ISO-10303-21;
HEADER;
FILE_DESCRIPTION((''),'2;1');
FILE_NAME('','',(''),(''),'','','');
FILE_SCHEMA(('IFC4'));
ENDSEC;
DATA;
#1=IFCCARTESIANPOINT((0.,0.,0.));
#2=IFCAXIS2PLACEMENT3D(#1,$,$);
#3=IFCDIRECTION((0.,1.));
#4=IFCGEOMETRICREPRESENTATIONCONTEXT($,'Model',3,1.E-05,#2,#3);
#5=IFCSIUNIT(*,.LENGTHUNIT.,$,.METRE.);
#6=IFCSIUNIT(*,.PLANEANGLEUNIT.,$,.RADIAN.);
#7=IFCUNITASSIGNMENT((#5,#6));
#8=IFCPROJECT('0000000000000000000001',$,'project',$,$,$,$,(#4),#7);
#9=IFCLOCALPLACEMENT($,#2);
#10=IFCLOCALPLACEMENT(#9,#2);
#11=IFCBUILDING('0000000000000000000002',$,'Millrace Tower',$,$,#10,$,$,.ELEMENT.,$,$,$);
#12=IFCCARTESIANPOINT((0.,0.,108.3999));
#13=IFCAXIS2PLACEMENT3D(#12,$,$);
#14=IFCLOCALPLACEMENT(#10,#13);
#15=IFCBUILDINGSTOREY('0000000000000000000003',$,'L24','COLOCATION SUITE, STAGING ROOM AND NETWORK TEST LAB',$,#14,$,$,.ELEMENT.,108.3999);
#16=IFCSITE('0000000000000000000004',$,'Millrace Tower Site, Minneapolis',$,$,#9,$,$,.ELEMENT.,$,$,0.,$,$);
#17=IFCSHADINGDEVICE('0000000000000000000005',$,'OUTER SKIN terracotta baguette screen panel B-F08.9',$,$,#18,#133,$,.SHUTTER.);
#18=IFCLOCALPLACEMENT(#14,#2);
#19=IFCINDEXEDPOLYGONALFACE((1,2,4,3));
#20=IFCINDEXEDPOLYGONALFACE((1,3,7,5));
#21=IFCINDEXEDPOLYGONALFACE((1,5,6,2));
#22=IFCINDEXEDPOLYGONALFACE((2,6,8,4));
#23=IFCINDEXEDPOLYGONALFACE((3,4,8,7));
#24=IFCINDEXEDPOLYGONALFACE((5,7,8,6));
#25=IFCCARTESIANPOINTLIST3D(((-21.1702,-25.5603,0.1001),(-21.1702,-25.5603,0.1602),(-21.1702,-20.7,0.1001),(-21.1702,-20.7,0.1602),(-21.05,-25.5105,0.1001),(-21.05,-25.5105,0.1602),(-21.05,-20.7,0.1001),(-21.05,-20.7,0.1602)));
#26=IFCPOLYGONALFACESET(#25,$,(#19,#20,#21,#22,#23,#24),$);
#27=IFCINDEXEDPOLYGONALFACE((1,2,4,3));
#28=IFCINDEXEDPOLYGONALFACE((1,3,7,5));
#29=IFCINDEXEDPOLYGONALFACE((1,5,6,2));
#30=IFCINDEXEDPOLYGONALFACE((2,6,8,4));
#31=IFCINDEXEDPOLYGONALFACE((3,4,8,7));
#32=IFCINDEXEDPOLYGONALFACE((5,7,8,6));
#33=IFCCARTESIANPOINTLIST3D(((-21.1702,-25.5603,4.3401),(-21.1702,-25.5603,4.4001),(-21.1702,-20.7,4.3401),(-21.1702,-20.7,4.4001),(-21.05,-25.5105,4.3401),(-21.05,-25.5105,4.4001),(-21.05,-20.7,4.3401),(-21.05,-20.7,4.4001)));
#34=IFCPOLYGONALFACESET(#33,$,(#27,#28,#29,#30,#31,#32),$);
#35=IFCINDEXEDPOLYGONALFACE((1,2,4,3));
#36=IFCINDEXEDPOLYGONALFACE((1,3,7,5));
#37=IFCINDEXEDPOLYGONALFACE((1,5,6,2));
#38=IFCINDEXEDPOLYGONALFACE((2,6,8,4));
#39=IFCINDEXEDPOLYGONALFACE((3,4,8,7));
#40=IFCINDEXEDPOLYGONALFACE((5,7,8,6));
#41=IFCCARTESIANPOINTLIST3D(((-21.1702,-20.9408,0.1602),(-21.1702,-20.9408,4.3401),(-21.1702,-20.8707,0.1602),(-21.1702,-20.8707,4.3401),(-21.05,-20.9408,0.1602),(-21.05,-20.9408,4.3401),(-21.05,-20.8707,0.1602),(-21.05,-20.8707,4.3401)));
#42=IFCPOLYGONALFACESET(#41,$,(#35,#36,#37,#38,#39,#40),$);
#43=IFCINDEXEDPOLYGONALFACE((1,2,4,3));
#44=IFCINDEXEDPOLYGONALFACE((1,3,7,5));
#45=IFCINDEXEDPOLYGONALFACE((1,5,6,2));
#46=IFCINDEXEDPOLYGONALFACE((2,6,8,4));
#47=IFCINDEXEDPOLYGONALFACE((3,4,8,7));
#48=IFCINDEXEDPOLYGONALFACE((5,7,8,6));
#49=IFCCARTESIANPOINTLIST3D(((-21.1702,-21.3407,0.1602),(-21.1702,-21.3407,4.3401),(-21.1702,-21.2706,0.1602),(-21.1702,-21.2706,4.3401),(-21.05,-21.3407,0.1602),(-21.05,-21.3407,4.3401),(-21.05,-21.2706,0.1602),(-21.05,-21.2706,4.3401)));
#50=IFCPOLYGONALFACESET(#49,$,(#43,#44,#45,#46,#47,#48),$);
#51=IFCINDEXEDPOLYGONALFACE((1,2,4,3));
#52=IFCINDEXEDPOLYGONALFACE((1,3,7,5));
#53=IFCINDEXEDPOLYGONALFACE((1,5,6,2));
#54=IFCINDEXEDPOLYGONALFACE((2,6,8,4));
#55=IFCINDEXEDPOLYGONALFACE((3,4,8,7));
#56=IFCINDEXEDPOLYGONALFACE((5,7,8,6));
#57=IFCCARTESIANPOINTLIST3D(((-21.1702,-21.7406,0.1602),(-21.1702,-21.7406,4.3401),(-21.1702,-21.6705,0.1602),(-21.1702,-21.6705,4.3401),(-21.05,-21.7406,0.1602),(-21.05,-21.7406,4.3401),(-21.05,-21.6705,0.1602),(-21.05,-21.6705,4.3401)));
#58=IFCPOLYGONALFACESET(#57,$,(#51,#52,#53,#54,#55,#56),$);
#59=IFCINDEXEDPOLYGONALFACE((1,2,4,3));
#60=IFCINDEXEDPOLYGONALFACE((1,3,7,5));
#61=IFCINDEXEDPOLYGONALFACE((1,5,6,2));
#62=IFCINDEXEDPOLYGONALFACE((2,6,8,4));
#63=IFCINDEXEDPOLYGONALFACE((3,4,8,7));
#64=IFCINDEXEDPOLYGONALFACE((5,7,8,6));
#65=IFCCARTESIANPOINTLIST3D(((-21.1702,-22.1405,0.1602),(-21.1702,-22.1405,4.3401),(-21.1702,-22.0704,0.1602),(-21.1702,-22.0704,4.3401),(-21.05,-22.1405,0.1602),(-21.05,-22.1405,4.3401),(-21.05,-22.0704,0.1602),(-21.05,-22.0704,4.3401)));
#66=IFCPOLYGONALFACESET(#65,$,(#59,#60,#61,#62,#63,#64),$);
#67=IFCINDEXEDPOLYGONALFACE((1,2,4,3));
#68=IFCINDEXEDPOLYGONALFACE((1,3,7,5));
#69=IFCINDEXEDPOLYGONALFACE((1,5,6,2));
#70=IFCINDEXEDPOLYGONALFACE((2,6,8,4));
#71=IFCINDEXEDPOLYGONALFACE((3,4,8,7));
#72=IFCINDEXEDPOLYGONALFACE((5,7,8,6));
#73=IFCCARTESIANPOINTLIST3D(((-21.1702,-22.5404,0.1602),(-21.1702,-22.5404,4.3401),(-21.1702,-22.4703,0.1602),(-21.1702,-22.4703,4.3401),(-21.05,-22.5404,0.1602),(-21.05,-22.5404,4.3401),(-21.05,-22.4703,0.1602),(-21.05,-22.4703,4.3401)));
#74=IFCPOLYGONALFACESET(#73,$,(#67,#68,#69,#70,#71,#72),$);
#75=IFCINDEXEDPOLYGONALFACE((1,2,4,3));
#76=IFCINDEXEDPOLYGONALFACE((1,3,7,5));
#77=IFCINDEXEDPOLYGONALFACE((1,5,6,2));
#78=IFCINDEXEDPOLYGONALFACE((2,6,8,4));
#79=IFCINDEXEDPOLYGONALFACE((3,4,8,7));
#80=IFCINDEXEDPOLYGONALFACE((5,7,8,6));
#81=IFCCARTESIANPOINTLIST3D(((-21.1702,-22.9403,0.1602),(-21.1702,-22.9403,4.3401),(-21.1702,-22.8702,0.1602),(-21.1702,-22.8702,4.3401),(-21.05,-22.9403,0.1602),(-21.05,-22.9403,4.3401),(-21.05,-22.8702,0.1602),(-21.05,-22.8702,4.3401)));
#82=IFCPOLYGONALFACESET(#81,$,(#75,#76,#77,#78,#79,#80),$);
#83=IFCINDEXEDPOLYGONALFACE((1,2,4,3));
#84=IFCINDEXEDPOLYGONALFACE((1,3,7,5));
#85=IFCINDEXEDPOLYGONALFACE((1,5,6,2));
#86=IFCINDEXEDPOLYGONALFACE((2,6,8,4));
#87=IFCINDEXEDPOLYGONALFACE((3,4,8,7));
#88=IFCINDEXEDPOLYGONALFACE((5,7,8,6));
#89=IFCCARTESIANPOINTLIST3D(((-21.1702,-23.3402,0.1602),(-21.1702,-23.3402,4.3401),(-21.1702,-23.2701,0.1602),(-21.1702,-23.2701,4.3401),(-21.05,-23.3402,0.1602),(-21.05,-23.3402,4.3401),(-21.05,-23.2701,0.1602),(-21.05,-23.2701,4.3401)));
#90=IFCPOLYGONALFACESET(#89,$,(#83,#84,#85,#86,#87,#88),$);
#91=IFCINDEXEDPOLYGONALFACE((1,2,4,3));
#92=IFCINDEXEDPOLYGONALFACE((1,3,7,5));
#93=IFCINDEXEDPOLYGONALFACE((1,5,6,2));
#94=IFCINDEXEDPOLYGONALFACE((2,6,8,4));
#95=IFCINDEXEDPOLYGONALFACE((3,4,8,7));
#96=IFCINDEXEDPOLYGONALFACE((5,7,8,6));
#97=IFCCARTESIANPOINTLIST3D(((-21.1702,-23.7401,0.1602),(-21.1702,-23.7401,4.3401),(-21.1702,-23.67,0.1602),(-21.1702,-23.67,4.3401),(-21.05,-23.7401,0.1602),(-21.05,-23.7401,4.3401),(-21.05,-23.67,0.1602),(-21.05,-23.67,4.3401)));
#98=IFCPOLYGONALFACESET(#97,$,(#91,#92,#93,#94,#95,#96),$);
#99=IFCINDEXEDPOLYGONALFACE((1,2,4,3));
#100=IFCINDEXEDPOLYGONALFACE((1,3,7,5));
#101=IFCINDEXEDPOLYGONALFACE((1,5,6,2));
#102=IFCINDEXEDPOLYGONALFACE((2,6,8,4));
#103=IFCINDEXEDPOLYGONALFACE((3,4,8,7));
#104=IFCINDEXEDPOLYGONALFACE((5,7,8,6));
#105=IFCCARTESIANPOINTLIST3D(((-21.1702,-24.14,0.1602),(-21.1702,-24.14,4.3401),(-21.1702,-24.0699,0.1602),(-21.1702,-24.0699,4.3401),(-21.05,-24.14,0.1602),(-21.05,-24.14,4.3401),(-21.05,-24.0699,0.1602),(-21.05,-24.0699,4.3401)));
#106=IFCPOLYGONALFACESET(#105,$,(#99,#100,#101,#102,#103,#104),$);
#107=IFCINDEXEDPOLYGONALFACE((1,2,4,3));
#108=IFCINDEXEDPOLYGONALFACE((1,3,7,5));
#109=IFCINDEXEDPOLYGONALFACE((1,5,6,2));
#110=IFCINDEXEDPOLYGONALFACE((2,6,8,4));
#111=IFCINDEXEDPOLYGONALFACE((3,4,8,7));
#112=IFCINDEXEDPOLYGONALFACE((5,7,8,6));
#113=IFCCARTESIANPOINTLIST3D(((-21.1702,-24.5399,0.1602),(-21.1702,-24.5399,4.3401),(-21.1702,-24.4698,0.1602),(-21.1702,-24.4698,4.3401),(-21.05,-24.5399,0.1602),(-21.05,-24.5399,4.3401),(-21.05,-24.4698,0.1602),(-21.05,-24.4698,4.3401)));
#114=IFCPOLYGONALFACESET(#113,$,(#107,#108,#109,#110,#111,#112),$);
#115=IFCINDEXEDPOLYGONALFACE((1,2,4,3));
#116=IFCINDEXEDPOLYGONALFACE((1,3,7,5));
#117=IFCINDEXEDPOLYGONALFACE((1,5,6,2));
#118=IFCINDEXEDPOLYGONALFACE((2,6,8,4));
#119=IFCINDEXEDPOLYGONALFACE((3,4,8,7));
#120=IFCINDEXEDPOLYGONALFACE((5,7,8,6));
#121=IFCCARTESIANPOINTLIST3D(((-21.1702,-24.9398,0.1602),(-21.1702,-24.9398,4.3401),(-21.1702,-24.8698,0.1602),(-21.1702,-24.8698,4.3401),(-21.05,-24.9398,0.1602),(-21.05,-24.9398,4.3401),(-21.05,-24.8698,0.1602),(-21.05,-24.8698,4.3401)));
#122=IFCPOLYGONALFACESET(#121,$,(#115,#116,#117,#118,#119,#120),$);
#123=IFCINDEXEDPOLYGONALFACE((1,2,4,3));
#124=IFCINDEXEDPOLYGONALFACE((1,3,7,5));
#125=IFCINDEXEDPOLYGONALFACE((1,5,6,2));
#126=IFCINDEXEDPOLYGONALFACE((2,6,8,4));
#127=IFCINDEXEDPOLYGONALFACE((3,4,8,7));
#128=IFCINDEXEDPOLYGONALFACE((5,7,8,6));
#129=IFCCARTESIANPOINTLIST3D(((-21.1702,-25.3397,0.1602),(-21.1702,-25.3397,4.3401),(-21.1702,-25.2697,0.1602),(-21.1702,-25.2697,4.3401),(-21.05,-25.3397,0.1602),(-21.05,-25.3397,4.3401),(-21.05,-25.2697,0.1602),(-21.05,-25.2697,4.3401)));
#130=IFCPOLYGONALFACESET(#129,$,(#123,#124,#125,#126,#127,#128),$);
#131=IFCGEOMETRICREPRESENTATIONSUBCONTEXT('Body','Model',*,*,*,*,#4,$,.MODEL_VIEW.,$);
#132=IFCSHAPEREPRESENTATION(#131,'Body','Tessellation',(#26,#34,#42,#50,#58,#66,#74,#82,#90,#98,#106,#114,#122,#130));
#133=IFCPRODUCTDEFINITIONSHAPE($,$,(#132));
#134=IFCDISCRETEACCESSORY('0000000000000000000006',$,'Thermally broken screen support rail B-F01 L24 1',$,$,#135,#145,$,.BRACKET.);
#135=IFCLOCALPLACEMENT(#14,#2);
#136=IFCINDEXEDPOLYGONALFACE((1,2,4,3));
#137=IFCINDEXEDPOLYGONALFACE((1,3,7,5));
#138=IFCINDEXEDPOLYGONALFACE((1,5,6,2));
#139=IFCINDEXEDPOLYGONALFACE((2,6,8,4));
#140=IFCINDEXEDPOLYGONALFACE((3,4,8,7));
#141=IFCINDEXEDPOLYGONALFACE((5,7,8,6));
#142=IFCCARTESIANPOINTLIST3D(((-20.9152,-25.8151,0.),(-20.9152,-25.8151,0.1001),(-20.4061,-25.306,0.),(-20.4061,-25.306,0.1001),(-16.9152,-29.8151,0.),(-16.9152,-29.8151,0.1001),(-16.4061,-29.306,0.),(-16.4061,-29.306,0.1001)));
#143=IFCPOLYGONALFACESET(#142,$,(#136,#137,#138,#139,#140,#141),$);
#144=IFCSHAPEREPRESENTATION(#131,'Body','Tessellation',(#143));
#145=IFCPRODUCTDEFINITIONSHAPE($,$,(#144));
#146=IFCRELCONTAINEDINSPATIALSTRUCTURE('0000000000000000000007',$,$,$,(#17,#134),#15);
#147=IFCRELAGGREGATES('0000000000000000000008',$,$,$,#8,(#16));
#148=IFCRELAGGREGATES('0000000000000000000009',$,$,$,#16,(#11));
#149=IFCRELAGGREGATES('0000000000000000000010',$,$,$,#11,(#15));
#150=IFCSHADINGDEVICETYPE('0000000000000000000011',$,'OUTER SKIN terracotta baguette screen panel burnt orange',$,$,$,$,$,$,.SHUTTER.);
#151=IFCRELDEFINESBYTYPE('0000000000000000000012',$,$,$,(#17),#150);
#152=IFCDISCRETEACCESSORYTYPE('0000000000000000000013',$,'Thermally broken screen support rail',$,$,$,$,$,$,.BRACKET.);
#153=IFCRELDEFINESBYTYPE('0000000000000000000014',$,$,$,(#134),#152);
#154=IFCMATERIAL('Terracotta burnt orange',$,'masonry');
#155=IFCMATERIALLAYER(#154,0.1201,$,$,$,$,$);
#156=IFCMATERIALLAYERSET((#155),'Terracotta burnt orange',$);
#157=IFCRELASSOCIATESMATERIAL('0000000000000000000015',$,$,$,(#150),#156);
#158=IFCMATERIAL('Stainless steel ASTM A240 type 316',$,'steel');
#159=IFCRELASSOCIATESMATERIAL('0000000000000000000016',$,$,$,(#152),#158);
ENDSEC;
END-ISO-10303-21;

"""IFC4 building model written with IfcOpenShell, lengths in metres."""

from ifc_helpers import new_model, entity, si_unit, direction, frame, frame_2d, origin, origin_2d, place, context, subcontext, project, spatial, rectangle, extrude, source, transform, mapped, material, layer, layer_set, type_object, element, save


model = new_model("IFC4")

# Units and contexts
model_context = context("Model", 3, precision=1e-05, world=origin(), true_north=direction((0.0, 1.0)))
body_context = subcontext(model_context, "Body", "Model", "MODEL_VIEW")
ifc_project = project(units=[si_unit("LENGTHUNIT", "METRE"), si_unit("PLANEANGLEUNIT", "RADIAN")], contexts=[model_context])

# Site, building, storey
site_placement = place(None, origin())
site = spatial("IfcSite", under=ifc_project, at=site_placement, Name="Millrace Tower Site, Minneapolis", CompositionType="ELEMENT", RefElevation=0.0)
building_placement = place(site_placement, origin())
building = spatial("IfcBuilding", under=site, at=building_placement, Name="Millrace Tower", CompositionType="ELEMENT")
storey_placement = place(building_placement, frame((0.0, 0.0, 108.3999)))
storey = spatial("IfcBuildingStorey", under=building, at=storey_placement, Name="L24", Description="COLOCATION SUITE, STAGING ROOM AND NETWORK TEST LAB", CompositionType="ELEMENT", Elevation=108.3999)

# Shading device
ifc_material_1 = material(Name="Terracotta burnt orange", Category="masonry")
ifc_layer_1 = layer(ifc_material_1, 0.1201)
ifc_layer_set_1 = layer_set([ifc_layer_1], Name="Terracotta burnt orange")
shading_device_type = type_object("IfcShadingDeviceType", Name="OUTER SKIN terracotta baguette screen panel burnt orange", PredefinedType="SHUTTER", material=ifc_layer_set_1)
cartesian_point_1 = entity("IfcCartesianPoint", [-2.4177, 0.0601])
shared_polyline_1 = entity("IfcPolyline", [cartesian_point_1, entity("IfcCartesianPoint", [2.3928, 0.0601]), entity("IfcCartesianPoint", [2.4426, -0.0601]), entity("IfcCartesianPoint", [-2.4177, -0.0601]), cartesian_point_1])
shared_shape_1 = source(origin(), body_context, "Body", "SweptSolid", [
    entity("IfcExtrudedAreaSolid", entity("IfcArbitraryClosedProfileDef", "AREA", None, shared_polyline_1), entity("IfcAxis2Placement3D", entity("IfcCartesianPoint", [0.0, 0.0, 0.0])), entity("IfcDirection", [0.0, 0.0, 1.0]), 0.0601),
    entity("IfcExtrudedAreaSolid", entity("IfcArbitraryClosedProfileDef", "AREA", None, shared_polyline_1), entity("IfcAxis2Placement3D", entity("IfcCartesianPoint", [0.0, 0.0, 4.24])), entity("IfcDirection", [0.0, 0.0, 1.0]), 0.0601),
    extrude(rectangle(XDim=0.0701, YDim=0.1201, at=frame_2d((-2.2119, 0.0))), frame((0.0, 0.0, 0.0601)), (0.0, 0.0, 1.0), 4.1799),
    extrude(rectangle(XDim=0.0701, YDim=0.1201, at=frame_2d((-1.812, 0.0))), frame((0.0, 0.0, 0.0601)), (0.0, 0.0, 1.0), 4.1799),
    extrude(rectangle(XDim=0.0701, YDim=0.1201, at=frame_2d((-1.4121, 0.0))), frame((0.0, 0.0, 0.0601)), (0.0, 0.0, 1.0), 4.1799),
    extrude(rectangle(XDim=0.0701, YDim=0.1201, at=frame_2d((-1.0122, 0.0))), frame((0.0, 0.0, 0.0601)), (0.0, 0.0, 1.0), 4.1799),
    extrude(rectangle(XDim=0.0701, YDim=0.1201, at=frame_2d((-0.6123, 0.0))), frame((0.0, 0.0, 0.0601)), (0.0, 0.0, 1.0), 4.1799),
    extrude(rectangle(XDim=0.0701, YDim=0.1201, at=frame_2d((-0.2124, 0.0))), frame((0.0, 0.0, 0.0601)), (0.0, 0.0, 1.0), 4.1799),
    extrude(rectangle(XDim=0.0701, YDim=0.1201, at=frame_2d((0.1875, 0.0))), frame((0.0, 0.0, 0.0601)), (0.0, 0.0, 1.0), 4.1799),
    extrude(rectangle(XDim=0.0701, YDim=0.1201, at=frame_2d((0.5874, 0.0))), frame((0.0, 0.0, 0.0601)), (0.0, 0.0, 1.0), 4.1799),
    extrude(rectangle(XDim=0.0701, YDim=0.1201, at=frame_2d((0.9873, 0.0))), frame((0.0, 0.0, 0.0601)), (0.0, 0.0, 1.0), 4.1799),
    extrude(rectangle(XDim=0.0701, YDim=0.1201, at=frame_2d((1.3872, 0.0))), frame((0.0, 0.0, 0.0601)), (0.0, 0.0, 1.0), 4.1799),
    extrude(rectangle(XDim=0.0701, YDim=0.1201, at=frame_2d((1.7871, 0.0))), frame((0.0, 0.0, 0.0601)), (0.0, 0.0, 1.0), 4.1799),
    extrude(rectangle(XDim=0.0701, YDim=0.1201, at=frame_2d((2.187, 0.0))), frame((0.0, 0.0, 0.0601)), (0.0, 0.0, 1.0), 4.1799),
])
shading_device_1_placement = place(storey_placement, frame((-21.1101, -23.1177, 0.1001), z_axis=(0.0, 0.0, 1.0), x_axis=(0.0, -1.0, 0.0)))
element("IfcShadingDevice", 1, at=shading_device_1_placement, inside=storey, type_object=shading_device_type, Name="OUTER SKIN terracotta baguette screen panel B-F08.9", PredefinedType="SHUTTER", context=body_context, shape_type="MappedRepresentation", body=[
    mapped(shared_shape_1, transform((0.0, 0.0, 0.0), scale=1.0)),
])

# Discrete accessory
ifc_material_2 = material(Name="Stainless steel ASTM A240 type 316", Category="steel")
discrete_accessory_type = type_object("IfcDiscreteAccessoryType", Name="Thermally broken screen support rail", PredefinedType="BRACKET", material=ifc_material_2)
discrete_accessory_placement = place(storey_placement, frame((-18.6606, -27.5605, 0.0), z_axis=(0.0, 0.0, 1.0), x_axis=(0.707107, -0.707107, 0.0)))
element("IfcDiscreteAccessory", 2, at=discrete_accessory_placement, inside=storey, type_object=discrete_accessory_type, Name="Thermally broken screen support rail B-F01 L24 1", PredefinedType="BRACKET", context=body_context, shape_type="SweptSolid", body=[
    extrude(rectangle(XDim=5.6567, YDim=0.72, at=origin_2d()), origin(), (0.0, 0.0, 1.0), 0.1001),
])

save(model, "model.ifc")
